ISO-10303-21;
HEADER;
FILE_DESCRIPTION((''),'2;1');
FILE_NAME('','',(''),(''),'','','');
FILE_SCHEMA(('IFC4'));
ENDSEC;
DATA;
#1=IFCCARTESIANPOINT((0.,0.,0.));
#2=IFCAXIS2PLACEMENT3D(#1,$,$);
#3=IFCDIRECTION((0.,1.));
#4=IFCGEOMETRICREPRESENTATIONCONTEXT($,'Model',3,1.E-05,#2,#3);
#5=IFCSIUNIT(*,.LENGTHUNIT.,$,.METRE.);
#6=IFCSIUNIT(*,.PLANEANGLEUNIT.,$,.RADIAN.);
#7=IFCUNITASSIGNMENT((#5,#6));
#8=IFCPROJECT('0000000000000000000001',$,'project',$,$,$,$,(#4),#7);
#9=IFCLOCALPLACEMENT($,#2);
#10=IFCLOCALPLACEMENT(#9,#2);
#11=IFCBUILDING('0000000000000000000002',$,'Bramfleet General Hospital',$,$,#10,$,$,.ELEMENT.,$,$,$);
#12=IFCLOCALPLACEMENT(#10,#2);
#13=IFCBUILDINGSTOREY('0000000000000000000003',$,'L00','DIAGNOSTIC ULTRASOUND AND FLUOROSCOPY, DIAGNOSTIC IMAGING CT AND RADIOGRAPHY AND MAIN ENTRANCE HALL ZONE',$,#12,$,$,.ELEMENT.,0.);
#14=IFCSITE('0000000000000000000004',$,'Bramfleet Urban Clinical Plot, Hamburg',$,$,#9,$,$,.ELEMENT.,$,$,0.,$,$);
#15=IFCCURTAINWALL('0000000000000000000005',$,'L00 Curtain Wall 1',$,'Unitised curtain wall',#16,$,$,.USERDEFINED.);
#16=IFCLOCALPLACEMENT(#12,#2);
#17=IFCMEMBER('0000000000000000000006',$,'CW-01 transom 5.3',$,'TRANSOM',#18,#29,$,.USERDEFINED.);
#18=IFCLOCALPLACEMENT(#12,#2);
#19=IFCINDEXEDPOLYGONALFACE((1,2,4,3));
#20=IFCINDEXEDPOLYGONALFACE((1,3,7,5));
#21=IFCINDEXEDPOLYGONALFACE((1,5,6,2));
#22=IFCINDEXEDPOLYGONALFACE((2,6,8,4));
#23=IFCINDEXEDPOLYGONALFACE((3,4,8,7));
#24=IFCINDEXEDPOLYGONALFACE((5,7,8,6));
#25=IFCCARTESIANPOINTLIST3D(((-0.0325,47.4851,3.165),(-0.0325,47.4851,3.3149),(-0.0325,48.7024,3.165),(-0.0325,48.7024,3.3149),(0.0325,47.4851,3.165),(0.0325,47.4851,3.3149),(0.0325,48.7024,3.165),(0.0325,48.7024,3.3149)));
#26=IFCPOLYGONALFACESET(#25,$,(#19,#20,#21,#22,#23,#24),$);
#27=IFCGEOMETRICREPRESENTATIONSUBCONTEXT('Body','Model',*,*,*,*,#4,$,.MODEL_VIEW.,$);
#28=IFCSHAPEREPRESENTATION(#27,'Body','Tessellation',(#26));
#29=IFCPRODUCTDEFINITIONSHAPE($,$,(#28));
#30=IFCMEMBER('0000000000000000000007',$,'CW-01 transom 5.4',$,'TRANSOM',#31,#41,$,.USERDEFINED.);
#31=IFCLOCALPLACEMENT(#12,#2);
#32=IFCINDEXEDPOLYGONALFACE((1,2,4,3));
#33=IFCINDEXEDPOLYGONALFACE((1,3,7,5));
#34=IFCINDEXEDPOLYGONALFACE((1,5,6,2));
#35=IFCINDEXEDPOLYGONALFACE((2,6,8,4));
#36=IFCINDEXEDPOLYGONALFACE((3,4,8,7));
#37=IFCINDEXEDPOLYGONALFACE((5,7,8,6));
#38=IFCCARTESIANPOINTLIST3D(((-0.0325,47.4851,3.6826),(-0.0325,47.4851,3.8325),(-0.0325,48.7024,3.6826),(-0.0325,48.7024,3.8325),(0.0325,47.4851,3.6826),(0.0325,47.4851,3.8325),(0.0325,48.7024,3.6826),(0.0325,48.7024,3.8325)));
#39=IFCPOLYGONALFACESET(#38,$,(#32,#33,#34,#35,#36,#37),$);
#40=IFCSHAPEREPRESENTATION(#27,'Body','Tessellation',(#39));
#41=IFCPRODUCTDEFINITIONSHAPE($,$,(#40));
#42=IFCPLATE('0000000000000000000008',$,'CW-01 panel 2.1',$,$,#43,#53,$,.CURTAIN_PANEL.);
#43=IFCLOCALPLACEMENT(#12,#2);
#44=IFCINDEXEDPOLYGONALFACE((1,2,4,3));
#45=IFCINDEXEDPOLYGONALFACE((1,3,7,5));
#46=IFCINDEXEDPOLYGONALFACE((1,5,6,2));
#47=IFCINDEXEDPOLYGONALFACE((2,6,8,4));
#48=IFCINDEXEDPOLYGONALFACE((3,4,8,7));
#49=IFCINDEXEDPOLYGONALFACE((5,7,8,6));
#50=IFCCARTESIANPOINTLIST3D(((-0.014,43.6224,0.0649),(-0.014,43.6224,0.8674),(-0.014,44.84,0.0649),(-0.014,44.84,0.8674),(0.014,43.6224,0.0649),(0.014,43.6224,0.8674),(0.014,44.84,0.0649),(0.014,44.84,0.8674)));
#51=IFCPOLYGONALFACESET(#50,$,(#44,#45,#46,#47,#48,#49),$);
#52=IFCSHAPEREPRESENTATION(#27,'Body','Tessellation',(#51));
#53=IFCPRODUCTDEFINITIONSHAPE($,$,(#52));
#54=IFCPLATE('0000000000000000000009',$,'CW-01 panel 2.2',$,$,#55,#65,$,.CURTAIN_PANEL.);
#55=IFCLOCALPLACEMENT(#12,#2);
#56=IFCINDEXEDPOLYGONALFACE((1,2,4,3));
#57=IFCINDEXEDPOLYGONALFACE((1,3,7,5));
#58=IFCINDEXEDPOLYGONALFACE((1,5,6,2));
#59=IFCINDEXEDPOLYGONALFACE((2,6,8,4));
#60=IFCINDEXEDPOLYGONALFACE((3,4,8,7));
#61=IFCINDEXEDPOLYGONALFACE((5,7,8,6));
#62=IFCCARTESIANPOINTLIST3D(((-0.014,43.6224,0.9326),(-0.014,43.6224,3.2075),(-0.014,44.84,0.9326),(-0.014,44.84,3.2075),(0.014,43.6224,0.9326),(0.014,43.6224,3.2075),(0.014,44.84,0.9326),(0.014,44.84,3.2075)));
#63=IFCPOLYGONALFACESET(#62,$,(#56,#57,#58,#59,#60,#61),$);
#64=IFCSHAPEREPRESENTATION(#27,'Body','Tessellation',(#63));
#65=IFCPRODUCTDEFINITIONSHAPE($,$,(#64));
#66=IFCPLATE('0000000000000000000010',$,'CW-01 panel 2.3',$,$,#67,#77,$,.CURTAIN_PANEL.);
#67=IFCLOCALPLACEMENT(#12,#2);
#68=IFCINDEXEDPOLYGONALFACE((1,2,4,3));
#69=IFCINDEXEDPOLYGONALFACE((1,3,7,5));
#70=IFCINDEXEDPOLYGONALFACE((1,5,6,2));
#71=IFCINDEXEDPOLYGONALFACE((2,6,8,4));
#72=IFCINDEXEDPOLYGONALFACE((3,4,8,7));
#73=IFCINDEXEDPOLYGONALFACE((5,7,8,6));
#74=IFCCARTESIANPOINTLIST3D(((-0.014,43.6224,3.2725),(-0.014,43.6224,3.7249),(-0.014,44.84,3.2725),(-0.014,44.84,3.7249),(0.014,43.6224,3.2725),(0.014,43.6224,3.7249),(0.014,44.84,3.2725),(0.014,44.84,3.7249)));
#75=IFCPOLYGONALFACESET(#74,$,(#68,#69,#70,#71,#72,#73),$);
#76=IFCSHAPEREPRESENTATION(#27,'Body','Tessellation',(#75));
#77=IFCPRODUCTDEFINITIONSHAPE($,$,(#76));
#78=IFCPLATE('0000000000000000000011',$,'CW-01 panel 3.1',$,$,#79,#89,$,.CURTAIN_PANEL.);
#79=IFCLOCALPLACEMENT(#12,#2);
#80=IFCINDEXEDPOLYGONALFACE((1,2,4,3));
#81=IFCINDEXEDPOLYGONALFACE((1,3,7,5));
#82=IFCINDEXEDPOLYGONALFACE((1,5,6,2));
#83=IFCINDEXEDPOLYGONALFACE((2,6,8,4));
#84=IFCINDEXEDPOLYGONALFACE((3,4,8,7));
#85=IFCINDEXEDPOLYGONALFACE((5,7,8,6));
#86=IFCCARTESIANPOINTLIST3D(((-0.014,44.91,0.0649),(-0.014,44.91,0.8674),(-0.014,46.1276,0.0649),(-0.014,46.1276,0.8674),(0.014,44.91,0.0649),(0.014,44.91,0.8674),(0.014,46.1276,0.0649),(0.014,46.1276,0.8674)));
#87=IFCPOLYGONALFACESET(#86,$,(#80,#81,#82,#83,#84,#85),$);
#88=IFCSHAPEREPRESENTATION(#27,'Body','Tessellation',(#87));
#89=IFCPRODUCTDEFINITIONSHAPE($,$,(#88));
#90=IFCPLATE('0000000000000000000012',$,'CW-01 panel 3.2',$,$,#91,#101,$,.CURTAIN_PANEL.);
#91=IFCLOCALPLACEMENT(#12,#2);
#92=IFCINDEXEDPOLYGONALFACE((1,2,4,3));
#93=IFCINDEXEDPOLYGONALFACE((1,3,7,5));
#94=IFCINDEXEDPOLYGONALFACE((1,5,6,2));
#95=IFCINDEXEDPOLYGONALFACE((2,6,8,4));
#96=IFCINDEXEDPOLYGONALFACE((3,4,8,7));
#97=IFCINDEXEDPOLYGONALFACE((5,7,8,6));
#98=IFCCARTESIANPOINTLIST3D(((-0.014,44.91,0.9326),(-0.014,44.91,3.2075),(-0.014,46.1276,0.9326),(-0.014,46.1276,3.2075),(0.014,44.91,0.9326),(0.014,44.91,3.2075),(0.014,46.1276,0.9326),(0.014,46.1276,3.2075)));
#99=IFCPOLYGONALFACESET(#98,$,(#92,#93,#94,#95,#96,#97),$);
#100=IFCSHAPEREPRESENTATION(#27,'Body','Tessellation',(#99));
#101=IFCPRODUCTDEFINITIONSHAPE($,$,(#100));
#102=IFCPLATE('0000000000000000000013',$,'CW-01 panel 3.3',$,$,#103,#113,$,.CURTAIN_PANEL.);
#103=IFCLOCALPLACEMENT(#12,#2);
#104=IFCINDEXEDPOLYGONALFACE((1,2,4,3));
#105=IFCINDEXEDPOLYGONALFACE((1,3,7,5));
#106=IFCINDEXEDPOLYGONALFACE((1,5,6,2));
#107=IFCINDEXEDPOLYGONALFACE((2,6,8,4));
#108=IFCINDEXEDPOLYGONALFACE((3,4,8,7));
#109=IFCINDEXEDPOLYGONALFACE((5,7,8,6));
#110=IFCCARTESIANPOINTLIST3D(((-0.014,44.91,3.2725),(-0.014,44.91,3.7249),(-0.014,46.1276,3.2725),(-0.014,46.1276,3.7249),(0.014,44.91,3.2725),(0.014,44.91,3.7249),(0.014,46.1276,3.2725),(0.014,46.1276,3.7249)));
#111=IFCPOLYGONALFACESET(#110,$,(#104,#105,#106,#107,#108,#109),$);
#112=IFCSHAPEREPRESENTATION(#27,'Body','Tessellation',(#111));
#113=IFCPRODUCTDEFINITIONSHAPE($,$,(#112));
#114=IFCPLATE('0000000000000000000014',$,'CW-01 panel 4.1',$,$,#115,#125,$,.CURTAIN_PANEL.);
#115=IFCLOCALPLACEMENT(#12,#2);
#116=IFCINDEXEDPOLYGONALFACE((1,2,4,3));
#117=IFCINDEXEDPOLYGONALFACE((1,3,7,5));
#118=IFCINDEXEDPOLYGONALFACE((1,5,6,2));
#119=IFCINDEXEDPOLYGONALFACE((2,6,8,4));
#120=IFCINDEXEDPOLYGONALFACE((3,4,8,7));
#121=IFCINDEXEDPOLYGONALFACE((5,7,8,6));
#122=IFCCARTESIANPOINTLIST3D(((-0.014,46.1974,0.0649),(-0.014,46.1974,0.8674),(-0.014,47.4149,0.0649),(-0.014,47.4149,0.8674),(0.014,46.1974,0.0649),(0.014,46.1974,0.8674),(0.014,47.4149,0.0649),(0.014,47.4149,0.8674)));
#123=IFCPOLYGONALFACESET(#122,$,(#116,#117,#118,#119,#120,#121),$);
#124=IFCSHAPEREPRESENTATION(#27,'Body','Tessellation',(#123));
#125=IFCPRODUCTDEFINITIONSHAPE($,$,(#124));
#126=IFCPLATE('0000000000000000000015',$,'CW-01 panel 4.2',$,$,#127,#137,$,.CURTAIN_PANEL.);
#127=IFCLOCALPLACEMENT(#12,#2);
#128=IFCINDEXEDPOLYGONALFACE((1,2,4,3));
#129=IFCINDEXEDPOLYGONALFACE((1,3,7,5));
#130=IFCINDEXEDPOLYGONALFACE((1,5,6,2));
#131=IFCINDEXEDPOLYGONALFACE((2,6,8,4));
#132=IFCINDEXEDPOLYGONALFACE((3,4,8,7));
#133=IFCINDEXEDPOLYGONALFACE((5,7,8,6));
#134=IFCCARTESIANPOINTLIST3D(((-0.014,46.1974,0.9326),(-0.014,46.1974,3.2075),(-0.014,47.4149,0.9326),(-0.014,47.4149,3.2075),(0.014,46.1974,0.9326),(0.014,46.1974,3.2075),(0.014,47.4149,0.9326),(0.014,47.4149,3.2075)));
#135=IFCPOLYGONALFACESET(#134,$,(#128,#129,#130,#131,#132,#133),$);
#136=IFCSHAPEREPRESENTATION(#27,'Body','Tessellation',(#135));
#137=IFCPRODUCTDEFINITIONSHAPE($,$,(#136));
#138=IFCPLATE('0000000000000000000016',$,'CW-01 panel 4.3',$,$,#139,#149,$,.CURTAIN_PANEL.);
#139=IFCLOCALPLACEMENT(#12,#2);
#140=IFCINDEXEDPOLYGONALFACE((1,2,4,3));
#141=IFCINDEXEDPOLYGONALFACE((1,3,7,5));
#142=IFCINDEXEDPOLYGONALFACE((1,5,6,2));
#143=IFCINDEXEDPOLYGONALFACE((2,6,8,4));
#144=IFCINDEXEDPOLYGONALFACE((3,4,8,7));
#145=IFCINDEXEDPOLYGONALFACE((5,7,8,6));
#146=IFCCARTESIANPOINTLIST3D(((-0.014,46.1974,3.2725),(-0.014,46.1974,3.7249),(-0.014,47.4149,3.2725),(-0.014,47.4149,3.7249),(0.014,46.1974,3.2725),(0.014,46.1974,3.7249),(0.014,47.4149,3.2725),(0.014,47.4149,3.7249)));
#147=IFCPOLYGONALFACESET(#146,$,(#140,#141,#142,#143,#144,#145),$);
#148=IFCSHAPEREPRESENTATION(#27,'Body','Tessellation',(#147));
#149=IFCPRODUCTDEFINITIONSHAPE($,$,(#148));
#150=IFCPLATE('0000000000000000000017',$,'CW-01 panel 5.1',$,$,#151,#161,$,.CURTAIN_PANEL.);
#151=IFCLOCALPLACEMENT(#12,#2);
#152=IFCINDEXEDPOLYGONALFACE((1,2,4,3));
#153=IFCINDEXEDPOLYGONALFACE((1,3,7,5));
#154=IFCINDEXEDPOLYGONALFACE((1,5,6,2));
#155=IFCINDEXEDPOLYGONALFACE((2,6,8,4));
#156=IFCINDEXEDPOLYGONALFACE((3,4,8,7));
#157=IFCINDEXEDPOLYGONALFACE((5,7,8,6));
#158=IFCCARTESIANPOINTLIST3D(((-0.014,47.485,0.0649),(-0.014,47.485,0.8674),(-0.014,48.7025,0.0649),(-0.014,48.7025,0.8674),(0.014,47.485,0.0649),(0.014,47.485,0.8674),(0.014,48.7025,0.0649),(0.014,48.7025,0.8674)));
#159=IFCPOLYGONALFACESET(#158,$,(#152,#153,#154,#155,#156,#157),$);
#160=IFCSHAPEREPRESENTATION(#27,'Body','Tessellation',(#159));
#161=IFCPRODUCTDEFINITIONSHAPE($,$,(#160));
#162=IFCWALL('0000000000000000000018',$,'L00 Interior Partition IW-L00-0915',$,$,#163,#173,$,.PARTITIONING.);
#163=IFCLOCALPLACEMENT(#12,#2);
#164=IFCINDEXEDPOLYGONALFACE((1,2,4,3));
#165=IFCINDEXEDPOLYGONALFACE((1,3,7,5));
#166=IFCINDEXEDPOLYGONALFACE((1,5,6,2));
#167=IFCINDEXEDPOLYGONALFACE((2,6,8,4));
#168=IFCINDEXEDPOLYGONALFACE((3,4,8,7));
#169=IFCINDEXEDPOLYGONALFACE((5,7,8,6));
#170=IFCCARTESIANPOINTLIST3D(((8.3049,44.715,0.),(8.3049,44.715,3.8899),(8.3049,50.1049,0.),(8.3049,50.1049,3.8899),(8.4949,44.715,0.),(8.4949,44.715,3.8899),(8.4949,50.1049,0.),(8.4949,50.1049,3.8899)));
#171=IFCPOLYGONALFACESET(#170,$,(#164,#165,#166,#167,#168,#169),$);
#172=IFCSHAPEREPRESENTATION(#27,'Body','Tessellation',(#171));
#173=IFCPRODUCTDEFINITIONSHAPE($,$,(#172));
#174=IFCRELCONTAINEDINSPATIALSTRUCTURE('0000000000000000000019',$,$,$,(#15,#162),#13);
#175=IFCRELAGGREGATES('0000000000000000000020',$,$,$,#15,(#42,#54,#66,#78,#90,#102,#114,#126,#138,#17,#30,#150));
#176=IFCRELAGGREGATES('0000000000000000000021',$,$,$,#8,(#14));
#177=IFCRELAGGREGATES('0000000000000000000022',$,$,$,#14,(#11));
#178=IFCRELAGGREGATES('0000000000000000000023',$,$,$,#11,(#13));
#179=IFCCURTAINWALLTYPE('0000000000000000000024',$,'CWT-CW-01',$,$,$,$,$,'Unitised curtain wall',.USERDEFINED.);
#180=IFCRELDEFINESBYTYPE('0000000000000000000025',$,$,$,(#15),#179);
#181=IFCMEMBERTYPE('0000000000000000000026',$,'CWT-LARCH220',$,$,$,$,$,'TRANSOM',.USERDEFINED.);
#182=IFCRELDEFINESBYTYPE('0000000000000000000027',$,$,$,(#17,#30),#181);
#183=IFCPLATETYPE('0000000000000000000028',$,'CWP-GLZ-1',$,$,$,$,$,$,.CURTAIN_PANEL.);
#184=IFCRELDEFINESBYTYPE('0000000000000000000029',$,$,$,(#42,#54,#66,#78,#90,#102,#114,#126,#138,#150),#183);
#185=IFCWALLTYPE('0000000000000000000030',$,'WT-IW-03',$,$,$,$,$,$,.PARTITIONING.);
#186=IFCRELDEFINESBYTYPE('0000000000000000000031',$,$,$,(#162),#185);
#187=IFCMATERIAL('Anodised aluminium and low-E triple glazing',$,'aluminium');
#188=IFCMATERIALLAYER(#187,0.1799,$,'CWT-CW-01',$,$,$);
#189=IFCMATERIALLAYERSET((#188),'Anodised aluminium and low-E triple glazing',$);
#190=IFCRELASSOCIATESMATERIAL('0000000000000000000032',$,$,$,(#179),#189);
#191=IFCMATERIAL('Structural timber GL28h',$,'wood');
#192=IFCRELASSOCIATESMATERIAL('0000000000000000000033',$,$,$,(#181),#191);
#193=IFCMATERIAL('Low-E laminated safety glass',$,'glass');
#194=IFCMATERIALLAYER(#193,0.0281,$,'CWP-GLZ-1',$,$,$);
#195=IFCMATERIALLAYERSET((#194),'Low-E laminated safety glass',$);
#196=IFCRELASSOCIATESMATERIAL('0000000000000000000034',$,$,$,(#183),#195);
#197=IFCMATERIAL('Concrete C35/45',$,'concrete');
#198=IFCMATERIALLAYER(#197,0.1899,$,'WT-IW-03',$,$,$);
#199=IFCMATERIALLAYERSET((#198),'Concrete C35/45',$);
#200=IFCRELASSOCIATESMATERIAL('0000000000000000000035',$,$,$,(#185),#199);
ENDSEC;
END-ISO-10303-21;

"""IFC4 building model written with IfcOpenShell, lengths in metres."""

from ifc_helpers import new_model, si_unit, direction, frame, frame_2d, origin, origin_2d, place, context, subcontext, project, spatial, rectangle, extrude, material, layer, layer_set, material_profile, profile_set, type_object, element, aggregate, save


model = new_model("IFC4")

# Units and contexts
model_context = context("Model", 3, precision=1e-05, world=origin(), true_north=direction((0.0, 1.0)))
body_context = subcontext(model_context, "Body", "Model", "MODEL_VIEW")
ifc_project = project(units=[si_unit("LENGTHUNIT", "METRE"), si_unit("PLANEANGLEUNIT", "RADIAN")], contexts=[model_context])

# Site, building, storey
site_placement = place(None, origin())
site = spatial("IfcSite", under=ifc_project, at=site_placement, Name="Bramfleet Urban Clinical Plot, Hamburg", CompositionType="ELEMENT", RefElevation=0.0)
building_placement = place(site_placement, origin())
building = spatial("IfcBuilding", under=site, at=building_placement, Name="Bramfleet General Hospital", CompositionType="ELEMENT")
storey_placement = place(building_placement, origin())
storey = spatial("IfcBuildingStorey", under=building, at=storey_placement, Name="L00", Description="DIAGNOSTIC ULTRASOUND AND FLUOROSCOPY, DIAGNOSTIC IMAGING CT AND RADIOGRAPHY AND MAIN ENTRANCE HALL ZONE", CompositionType="ELEMENT", Elevation=0.0)

# Curtain wall, members, plates
ifc_material_1 = material(Name="Anodised aluminium and low-E triple glazing", Category="aluminium")
ifc_layer_1 = layer(ifc_material_1, 0.1799, Name="CWT-CW-01")
ifc_layer_set_1 = layer_set([ifc_layer_1], Name="Anodised aluminium and low-E triple glazing")
curtain_wall_type = type_object("IfcCurtainWallType", Name="CWT-CW-01", ElementType="Unitised curtain wall", PredefinedType="USERDEFINED", material=ifc_layer_set_1)
curtain_wall_placement = place(storey_placement, origin())
curtain_wall = element("IfcCurtainWall", 1, at=curtain_wall_placement, inside=storey, type_object=curtain_wall_type, Name="L00 Curtain Wall 1", ObjectType="Unitised curtain wall", PredefinedType="USERDEFINED")
ifc_material_2 = material(Name="Structural timber GL28h", Category="wood")
ifc_material_profile_1 = material_profile(ifc_material_2, rectangle(XDim=0.0649, YDim=0.1499, at=origin_2d()), Name="LARCH 150x65")
ifc_profile_set_1 = profile_set([ifc_material_profile_1], Name="Structural timber GL28h")
member_type_1 = type_object("IfcMemberType", Name="CWT-LARCH220", ElementType="TRANSOM", PredefinedType="USERDEFINED", material=ifc_profile_set_1)
member_1_placement = place(storey_placement, frame((0.0, 47.4851, 3.24), z_axis=(0.0, 1.0, 0.0), x_axis=(-1.0, 0.0, 0.0)))
member_1 = element("IfcMember", 2, at=member_1_placement, type_object=member_type_1, Name="CW-01 transom 5.3", ObjectType="TRANSOM", PredefinedType="USERDEFINED", context=body_context, shape_type="SweptSolid", body=[
    extrude(rectangle(XDim=0.0649, YDim=0.1499, at=origin_2d()), origin(), (0.0, 0.0, 1.0), 1.2173),
])
member_2_placement = place(storey_placement, frame((0.0, 47.4851, 3.7576), z_axis=(0.0, 1.0, 0.0), x_axis=(-1.0, 0.0, 0.0)))
member_2 = element("IfcMember", 3, at=member_2_placement, type_object=member_type_1, Name="CW-01 transom 5.4", ObjectType="TRANSOM", PredefinedType="USERDEFINED", context=body_context, shape_type="SweptSolid", body=[
    extrude(rectangle(XDim=0.0649, YDim=0.1499, at=origin_2d()), origin(), (0.0, 0.0, 1.0), 1.2173),
])
ifc_material_3 = material(Name="Low-E laminated safety glass", Category="glass")
ifc_layer_2 = layer(ifc_material_3, 0.0281, Name="CWP-GLZ-1")
ifc_layer_set_2 = layer_set([ifc_layer_2], Name="Low-E laminated safety glass")
plate_type = type_object("IfcPlateType", Name="CWP-GLZ-1", PredefinedType="CURTAIN_PANEL", material=ifc_layer_set_2)
plate_1_placement = place(storey_placement, frame((0.0, 44.2312, 0.0649), z_axis=(0.0, 0.0, 1.0), x_axis=(0.0, 1.0, 0.0)))
plate_1 = element("IfcPlate", 4, at=plate_1_placement, type_object=plate_type, Name="CW-01 panel 2.1", PredefinedType="CURTAIN_PANEL", context=body_context, shape_type="SweptSolid", body=[
    extrude(rectangle(XDim=1.2175, YDim=0.0281, at=origin_2d()), origin(), (0.0, 0.0, 1.0), 0.8025),
])
plate_2_placement = place(storey_placement, frame((0.0, 44.2312, 0.9326), z_axis=(0.0, 0.0, 1.0), x_axis=(0.0, 1.0, 0.0)))
plate_2 = element("IfcPlate", 5, at=plate_2_placement, type_object=plate_type, Name="CW-01 panel 2.2", PredefinedType="CURTAIN_PANEL", context=body_context, shape_type="SweptSolid", body=[
    extrude(rectangle(XDim=1.2175, YDim=0.0281, at=origin_2d()), origin(), (0.0, 0.0, 1.0), 2.2749),
])
plate_3_placement = place(storey_placement, frame((0.0, 44.2312, 3.2725), z_axis=(0.0, 0.0, 1.0), x_axis=(0.0, 1.0, 0.0)))
plate_3 = element("IfcPlate", 6, at=plate_3_placement, type_object=plate_type, Name="CW-01 panel 2.3", PredefinedType="CURTAIN_PANEL", context=body_context, shape_type="SweptSolid", body=[
    extrude(rectangle(XDim=1.2175, YDim=0.0281, at=origin_2d()), origin(), (0.0, 0.0, 1.0), 0.4524),
])
plate_4_placement = place(storey_placement, frame((0.0, 45.5188, 0.0649), z_axis=(0.0, 0.0, 1.0), x_axis=(0.0, 1.0, 0.0)))
plate_4 = element("IfcPlate", 7, at=plate_4_placement, type_object=plate_type, Name="CW-01 panel 3.1", PredefinedType="CURTAIN_PANEL", context=body_context, shape_type="SweptSolid", body=[
    extrude(rectangle(XDim=1.2175, YDim=0.0281, at=origin_2d()), origin(), (0.0, 0.0, 1.0), 0.8025),
])
plate_5_placement = place(storey_placement, frame((0.0, 45.5188, 0.9326), z_axis=(0.0, 0.0, 1.0), x_axis=(0.0, 1.0, 0.0)))
plate_5 = element("IfcPlate", 8, at=plate_5_placement, type_object=plate_type, Name="CW-01 panel 3.2", PredefinedType="CURTAIN_PANEL", context=body_context, shape_type="SweptSolid", body=[
    extrude(rectangle(XDim=1.2175, YDim=0.0281, at=origin_2d()), origin(), (0.0, 0.0, 1.0), 2.2749),
])
plate_6_placement = place(storey_placement, frame((0.0, 45.5188, 3.2725), z_axis=(0.0, 0.0, 1.0), x_axis=(0.0, 1.0, 0.0)))
plate_6 = element("IfcPlate", 9, at=plate_6_placement, type_object=plate_type, Name="CW-01 panel 3.3", PredefinedType="CURTAIN_PANEL", context=body_context, shape_type="SweptSolid", body=[
    extrude(rectangle(XDim=1.2175, YDim=0.0281, at=origin_2d()), origin(), (0.0, 0.0, 1.0), 0.4524),
])
plate_7_placement = place(storey_placement, frame((0.0, 46.8062, 0.0649), z_axis=(0.0, 0.0, 1.0), x_axis=(0.0, 1.0, 0.0)))
plate_7 = element("IfcPlate", 10, at=plate_7_placement, type_object=plate_type, Name="CW-01 panel 4.1", PredefinedType="CURTAIN_PANEL", context=body_context, shape_type="SweptSolid", body=[
    extrude(rectangle(XDim=1.2175, YDim=0.0281, at=origin_2d()), origin(), (0.0, 0.0, 1.0), 0.8025),
])
plate_8_placement = place(storey_placement, frame((0.0, 46.8062, 0.9326), z_axis=(0.0, 0.0, 1.0), x_axis=(0.0, 1.0, 0.0)))
plate_8 = element("IfcPlate", 11, at=plate_8_placement, type_object=plate_type, Name="CW-01 panel 4.2", PredefinedType="CURTAIN_PANEL", context=body_context, shape_type="SweptSolid", body=[
    extrude(rectangle(XDim=1.2175, YDim=0.0281, at=origin_2d()), origin(), (0.0, 0.0, 1.0), 2.2749),
])
plate_9_placement = place(storey_placement, frame((0.0, 46.8062, 3.2725), z_axis=(0.0, 0.0, 1.0), x_axis=(0.0, 1.0, 0.0)))
plate_9 = element("IfcPlate", 12, at=plate_9_placement, type_object=plate_type, Name="CW-01 panel 4.3", PredefinedType="CURTAIN_PANEL", context=body_context, shape_type="SweptSolid", body=[
    extrude(rectangle(XDim=1.2175, YDim=0.0281, at=origin_2d()), origin(), (0.0, 0.0, 1.0), 0.4524),
])
plate_10_placement = place(storey_placement, frame((0.0, 48.0938, 0.0649), z_axis=(0.0, 0.0, 1.0), x_axis=(0.0, 1.0, 0.0)))
plate_10 = element("IfcPlate", 13, at=plate_10_placement, type_object=plate_type, Name="CW-01 panel 5.1", PredefinedType="CURTAIN_PANEL", context=body_context, shape_type="SweptSolid", body=[
    extrude(rectangle(XDim=1.2175, YDim=0.0281, at=origin_2d()), origin(), (0.0, 0.0, 1.0), 0.8025),
])
aggregate(curtain_wall, [plate_1, plate_2, plate_3, plate_4, plate_5, plate_6, plate_7, plate_8, plate_9, member_1, member_2, plate_10])

# Wall
ifc_material_4 = material(Name="Concrete C35/45", Category="concrete")
ifc_layer_3 = layer(ifc_material_4, 0.1899, Name="WT-IW-03")
ifc_layer_set_3 = layer_set([ifc_layer_3], Name="Concrete C35/45")
wall_type_1 = type_object("IfcWallType", Name="WT-IW-03", PredefinedType="PARTITIONING", material=ifc_layer_set_3)
wall_1_placement = place(storey_placement, frame((8.3999, 44.7151, 0.0), z_axis=(0.0, 0.0, 1.0), x_axis=(0.0, 1.0, 0.0)))
element("IfcWall", 14, at=wall_1_placement, inside=storey, type_object=wall_type_1, Name="L00 Interior Partition IW-L00-0915", PredefinedType="PARTITIONING", context=body_context, shape_type="SweptSolid", body=[
    extrude(rectangle(XDim=5.3899, YDim=0.1899, at=frame_2d((2.6948, 0.0))), origin(), (0.0, 0.0, 1.0), 3.8899),
])

save(model, "model.ifc")
